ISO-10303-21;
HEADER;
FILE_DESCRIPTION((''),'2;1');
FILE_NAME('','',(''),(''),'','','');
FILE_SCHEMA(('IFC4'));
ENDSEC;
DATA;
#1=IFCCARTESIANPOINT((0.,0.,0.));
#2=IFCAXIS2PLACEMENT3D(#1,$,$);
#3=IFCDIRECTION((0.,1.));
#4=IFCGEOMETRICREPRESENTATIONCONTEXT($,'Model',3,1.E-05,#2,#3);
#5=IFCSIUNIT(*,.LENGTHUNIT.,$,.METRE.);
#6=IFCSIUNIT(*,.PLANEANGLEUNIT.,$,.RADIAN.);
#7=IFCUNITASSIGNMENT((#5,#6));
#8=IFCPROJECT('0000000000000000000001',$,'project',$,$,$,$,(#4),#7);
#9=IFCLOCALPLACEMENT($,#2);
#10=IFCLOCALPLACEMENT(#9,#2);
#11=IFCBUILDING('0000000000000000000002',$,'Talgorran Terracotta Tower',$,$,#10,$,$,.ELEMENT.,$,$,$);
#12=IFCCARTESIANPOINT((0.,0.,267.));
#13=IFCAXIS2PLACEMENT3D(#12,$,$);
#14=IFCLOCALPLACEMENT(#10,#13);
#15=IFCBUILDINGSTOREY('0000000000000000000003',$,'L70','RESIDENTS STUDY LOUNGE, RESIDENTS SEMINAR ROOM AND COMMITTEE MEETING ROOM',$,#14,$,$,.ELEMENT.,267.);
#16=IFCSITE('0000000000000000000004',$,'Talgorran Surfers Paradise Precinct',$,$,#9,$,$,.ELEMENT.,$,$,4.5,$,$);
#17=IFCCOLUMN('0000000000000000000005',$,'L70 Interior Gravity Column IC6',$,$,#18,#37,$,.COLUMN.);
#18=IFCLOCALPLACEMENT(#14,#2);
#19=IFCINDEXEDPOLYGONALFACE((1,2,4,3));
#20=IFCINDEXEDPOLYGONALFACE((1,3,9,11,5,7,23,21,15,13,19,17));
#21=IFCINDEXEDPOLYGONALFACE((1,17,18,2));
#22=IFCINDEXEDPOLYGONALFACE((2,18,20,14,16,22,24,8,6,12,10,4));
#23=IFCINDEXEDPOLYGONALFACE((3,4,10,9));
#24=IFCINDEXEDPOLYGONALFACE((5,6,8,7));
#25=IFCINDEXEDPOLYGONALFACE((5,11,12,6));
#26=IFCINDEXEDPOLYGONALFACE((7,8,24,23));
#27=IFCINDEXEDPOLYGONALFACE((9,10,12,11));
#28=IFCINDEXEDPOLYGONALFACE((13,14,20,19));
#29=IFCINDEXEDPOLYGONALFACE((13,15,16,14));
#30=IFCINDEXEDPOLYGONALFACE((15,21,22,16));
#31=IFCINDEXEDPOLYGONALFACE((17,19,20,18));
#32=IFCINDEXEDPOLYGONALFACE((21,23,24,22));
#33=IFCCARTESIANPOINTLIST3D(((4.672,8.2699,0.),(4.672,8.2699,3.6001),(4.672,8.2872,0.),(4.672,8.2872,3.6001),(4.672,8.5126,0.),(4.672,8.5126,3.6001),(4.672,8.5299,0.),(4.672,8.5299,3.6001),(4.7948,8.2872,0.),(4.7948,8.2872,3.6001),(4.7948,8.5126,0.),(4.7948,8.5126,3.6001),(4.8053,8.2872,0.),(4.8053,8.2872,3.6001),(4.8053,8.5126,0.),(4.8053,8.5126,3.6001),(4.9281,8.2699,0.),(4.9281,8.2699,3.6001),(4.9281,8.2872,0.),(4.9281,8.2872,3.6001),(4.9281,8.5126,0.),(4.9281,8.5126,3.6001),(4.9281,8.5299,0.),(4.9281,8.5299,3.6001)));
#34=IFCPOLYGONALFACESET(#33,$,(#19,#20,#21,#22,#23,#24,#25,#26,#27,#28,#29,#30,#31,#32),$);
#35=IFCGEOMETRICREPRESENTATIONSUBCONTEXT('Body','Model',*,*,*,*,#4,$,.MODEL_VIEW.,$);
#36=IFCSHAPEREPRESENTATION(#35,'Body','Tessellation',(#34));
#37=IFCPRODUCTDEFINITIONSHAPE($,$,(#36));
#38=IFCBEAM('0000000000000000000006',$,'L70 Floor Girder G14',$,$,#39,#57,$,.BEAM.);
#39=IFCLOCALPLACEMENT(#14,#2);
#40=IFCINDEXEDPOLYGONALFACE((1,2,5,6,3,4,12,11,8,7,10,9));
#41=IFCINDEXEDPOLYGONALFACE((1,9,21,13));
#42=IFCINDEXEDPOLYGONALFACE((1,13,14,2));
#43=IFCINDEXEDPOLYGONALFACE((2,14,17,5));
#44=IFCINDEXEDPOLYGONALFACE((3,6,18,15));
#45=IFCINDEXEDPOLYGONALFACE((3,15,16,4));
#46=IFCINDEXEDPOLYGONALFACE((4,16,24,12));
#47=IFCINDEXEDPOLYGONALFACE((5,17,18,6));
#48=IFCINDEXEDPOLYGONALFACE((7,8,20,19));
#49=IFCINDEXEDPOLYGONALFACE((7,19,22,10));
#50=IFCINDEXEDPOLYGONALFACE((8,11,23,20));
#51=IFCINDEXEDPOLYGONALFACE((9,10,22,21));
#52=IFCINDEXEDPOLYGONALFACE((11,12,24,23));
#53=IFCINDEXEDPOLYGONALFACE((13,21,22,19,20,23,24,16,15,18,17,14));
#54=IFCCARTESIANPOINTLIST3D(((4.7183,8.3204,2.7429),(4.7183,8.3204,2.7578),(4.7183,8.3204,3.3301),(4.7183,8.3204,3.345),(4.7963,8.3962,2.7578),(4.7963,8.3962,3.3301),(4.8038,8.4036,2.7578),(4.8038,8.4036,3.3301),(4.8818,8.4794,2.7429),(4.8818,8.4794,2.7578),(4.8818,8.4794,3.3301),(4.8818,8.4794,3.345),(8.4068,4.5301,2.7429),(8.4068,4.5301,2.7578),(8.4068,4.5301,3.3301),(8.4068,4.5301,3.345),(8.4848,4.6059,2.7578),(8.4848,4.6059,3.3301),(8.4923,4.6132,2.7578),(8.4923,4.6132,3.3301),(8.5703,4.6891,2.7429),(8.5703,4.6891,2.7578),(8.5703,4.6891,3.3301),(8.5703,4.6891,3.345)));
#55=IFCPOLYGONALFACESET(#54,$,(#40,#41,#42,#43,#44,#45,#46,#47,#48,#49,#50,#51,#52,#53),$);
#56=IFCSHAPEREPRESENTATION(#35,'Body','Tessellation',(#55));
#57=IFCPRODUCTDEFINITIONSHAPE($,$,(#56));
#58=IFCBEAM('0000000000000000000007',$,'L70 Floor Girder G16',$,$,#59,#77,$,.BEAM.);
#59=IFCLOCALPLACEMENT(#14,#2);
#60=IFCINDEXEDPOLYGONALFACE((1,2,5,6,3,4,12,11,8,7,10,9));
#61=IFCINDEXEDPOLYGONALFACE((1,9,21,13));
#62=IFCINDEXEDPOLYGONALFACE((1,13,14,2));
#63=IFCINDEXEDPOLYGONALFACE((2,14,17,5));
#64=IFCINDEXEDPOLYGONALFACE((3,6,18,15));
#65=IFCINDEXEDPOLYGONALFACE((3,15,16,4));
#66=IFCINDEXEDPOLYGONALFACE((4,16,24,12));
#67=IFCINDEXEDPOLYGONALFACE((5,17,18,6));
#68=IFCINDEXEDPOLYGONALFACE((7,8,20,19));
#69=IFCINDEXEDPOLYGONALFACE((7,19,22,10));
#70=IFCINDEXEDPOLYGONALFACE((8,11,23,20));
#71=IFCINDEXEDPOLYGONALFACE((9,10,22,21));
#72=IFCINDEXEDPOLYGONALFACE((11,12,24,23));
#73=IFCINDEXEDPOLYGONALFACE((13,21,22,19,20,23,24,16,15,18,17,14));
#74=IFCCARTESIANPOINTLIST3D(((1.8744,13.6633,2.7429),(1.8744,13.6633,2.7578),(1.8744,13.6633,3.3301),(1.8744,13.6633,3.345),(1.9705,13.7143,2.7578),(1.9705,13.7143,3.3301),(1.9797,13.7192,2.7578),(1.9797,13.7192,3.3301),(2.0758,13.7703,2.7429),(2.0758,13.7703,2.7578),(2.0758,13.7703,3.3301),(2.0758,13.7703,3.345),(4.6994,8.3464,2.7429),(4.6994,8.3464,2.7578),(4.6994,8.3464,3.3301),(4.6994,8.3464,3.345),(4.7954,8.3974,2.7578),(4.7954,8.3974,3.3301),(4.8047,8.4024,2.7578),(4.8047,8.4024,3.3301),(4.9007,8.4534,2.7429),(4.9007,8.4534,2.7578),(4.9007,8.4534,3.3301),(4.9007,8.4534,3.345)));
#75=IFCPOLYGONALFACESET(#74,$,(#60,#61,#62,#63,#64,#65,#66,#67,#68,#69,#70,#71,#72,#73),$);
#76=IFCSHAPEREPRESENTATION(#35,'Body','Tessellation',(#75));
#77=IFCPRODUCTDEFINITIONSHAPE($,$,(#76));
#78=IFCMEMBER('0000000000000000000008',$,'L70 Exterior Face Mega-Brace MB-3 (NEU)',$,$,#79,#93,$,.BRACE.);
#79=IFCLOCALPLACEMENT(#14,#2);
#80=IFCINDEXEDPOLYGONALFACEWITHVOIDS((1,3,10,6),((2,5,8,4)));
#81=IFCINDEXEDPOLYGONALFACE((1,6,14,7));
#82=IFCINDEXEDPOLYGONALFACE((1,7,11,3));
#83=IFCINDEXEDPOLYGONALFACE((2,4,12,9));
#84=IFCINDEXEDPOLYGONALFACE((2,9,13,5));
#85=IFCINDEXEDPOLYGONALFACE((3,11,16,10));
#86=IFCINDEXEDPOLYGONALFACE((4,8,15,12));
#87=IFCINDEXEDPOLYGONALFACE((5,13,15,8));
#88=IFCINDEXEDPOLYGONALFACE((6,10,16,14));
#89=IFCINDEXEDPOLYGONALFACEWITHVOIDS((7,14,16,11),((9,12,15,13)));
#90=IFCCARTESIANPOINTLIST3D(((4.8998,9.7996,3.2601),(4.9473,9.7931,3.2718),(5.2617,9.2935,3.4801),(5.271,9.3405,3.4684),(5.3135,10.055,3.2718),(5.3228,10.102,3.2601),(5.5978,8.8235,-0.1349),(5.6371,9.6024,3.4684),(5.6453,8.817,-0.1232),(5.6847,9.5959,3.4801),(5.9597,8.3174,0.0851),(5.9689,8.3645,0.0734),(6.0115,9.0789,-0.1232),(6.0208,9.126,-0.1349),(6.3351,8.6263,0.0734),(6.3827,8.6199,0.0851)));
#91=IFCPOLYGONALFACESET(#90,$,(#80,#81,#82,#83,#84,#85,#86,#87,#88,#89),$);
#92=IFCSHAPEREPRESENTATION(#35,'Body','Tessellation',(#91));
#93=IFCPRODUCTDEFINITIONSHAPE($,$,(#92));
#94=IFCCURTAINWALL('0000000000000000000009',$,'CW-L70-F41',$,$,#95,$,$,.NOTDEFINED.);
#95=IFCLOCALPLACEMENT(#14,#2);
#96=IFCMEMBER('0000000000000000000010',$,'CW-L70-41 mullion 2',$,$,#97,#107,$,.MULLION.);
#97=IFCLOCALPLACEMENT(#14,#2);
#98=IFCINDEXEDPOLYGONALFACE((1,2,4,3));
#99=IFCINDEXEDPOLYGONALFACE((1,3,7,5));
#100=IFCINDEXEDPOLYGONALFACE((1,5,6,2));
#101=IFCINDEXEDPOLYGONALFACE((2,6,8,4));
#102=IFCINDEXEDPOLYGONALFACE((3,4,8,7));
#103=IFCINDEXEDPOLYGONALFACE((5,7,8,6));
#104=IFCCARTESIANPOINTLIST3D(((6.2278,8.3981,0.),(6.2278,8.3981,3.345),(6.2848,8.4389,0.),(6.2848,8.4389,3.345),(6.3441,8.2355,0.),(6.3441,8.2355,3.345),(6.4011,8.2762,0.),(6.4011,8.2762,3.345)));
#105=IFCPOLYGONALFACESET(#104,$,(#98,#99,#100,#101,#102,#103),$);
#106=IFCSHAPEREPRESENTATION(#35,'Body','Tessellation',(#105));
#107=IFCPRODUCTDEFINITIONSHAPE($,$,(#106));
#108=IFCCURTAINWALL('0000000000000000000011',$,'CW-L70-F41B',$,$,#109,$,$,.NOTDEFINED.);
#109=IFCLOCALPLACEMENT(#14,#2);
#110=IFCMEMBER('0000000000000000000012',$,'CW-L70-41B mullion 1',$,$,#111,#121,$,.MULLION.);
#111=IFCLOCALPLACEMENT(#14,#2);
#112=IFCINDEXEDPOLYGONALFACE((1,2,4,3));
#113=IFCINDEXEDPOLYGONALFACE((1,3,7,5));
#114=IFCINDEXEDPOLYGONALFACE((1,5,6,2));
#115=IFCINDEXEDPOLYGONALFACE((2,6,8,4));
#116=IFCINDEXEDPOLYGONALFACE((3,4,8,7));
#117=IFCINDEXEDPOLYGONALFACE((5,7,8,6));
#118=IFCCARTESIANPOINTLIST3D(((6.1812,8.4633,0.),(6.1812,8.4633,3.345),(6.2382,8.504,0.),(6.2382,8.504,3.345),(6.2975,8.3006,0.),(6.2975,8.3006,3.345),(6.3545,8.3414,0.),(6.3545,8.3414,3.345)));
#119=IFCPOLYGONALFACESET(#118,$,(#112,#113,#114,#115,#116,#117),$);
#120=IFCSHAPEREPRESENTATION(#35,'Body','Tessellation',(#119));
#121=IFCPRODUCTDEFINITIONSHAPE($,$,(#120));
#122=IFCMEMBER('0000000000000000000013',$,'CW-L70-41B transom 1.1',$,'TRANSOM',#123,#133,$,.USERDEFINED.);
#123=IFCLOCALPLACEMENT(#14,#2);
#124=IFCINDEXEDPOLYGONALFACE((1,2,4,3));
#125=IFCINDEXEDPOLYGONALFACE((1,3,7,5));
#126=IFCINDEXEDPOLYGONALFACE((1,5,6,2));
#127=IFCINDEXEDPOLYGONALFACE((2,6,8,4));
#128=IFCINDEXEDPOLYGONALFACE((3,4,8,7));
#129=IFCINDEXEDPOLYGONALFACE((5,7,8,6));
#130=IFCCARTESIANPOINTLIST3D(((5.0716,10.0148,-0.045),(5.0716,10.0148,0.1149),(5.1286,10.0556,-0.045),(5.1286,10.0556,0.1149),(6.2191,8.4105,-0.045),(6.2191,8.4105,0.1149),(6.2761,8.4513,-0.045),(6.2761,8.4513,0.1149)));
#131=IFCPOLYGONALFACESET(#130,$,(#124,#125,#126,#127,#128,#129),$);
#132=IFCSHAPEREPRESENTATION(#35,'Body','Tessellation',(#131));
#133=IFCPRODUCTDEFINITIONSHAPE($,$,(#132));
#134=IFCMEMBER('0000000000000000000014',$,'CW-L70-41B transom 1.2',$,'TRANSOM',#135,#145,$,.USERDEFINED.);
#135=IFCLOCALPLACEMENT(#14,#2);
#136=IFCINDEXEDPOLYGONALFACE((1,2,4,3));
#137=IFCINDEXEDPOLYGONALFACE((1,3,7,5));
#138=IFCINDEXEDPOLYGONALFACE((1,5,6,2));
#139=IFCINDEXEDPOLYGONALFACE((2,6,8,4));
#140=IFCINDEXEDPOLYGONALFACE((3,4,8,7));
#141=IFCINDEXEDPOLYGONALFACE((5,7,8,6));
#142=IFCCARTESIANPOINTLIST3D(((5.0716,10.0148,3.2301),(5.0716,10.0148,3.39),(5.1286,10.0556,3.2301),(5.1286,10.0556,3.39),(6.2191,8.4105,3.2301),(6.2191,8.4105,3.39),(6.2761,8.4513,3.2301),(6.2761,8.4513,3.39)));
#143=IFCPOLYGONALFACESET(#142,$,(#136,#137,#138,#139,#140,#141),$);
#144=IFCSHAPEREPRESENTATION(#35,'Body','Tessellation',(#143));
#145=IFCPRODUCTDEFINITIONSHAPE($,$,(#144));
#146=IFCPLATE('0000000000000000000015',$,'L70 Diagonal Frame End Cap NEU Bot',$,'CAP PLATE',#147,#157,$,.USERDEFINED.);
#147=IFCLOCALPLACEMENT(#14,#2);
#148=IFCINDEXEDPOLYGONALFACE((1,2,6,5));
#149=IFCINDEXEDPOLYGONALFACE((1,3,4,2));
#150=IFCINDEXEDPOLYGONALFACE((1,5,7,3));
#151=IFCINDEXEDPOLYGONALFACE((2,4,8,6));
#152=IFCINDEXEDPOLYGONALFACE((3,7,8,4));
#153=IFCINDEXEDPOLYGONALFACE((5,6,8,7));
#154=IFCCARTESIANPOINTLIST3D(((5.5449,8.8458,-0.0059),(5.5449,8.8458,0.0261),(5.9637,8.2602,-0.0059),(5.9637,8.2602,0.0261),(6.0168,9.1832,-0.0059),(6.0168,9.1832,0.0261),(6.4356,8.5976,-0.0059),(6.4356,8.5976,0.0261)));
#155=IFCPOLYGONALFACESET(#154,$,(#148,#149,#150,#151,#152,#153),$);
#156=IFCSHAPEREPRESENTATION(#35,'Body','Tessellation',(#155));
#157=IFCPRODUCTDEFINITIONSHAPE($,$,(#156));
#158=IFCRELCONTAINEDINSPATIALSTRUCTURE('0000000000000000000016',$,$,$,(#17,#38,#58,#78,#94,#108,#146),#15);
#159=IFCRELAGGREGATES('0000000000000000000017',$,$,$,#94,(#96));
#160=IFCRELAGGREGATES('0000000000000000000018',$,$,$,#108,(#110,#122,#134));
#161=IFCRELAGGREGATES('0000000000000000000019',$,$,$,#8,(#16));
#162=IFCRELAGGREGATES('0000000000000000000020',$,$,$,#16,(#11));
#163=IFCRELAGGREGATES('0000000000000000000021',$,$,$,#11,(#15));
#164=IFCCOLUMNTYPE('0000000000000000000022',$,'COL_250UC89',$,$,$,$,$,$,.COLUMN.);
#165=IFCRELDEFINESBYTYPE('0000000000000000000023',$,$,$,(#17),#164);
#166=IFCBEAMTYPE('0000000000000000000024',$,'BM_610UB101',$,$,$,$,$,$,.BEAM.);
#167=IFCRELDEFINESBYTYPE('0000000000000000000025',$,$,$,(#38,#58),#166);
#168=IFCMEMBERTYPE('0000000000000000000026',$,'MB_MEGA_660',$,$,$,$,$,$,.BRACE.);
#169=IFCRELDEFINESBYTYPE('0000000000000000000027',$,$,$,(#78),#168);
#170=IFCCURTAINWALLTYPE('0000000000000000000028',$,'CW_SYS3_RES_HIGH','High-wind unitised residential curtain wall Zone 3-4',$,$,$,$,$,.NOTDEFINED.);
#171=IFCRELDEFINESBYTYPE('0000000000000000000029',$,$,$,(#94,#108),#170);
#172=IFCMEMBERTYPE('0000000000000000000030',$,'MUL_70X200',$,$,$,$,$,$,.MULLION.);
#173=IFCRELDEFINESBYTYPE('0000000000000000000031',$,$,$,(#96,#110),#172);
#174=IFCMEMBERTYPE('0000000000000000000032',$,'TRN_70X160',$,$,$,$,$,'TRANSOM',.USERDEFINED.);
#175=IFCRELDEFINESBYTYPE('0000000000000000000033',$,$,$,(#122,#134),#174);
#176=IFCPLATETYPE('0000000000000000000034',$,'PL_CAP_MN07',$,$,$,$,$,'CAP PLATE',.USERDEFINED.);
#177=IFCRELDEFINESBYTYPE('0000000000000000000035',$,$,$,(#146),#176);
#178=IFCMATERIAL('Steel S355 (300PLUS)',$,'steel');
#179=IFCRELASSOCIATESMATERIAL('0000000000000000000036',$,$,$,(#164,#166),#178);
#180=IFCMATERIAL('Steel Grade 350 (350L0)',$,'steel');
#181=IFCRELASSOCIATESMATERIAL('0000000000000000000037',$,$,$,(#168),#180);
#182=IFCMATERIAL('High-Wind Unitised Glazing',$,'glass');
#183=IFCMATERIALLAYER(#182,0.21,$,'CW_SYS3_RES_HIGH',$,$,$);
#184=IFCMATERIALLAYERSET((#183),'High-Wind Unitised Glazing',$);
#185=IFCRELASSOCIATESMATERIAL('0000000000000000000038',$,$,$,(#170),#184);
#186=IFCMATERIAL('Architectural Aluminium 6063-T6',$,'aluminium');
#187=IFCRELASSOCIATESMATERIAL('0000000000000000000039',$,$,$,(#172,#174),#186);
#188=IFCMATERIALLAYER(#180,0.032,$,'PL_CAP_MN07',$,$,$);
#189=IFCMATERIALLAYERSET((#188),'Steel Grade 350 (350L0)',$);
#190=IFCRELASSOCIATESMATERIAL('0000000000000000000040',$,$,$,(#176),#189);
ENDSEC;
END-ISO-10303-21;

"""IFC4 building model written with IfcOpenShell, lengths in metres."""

from ifc_helpers import new_model, si_unit, direction, frame, origin, origin_2d, place, context, subcontext, project, spatial, rectangle, hollow_rectangle, i_section, extrude, material, layer, layer_set, material_profile, profile_set, type_object, element, aggregate, save


model = new_model("IFC4")

# Units and contexts
model_context = context("Model", 3, precision=1e-05, world=origin(), true_north=direction((0.0, 1.0)))
body_context = subcontext(model_context, "Body", "Model", "MODEL_VIEW")
ifc_project = project(units=[si_unit("LENGTHUNIT", "METRE"), si_unit("PLANEANGLEUNIT", "RADIAN")], contexts=[model_context])

# Site, building, storey
site_placement = place(None, origin())
site = spatial("IfcSite", under=ifc_project, at=site_placement, Name="Talgorran Surfers Paradise Precinct", CompositionType="ELEMENT", RefElevation=4.5)
building_placement = place(site_placement, origin())
building = spatial("IfcBuilding", under=site, at=building_placement, Name="Talgorran Terracotta Tower", CompositionType="ELEMENT")
storey_placement = place(building_placement, frame((0.0, 0.0, 267.0)))
storey = spatial("IfcBuildingStorey", under=building, at=storey_placement, Name="L70", Description="RESIDENTS STUDY LOUNGE, RESIDENTS SEMINAR ROOM AND COMMITTEE MEETING ROOM", CompositionType="ELEMENT", Elevation=267.0)

# Column
ifc_material_1 = material(Name="Steel S355 (300PLUS)", Category="steel")
ifc_material_profile_1 = material_profile(ifc_material_1, i_section(OverallWidth=0.2561, OverallDepth=0.26, WebThickness=0.0105, FlangeThickness=0.0173, at=origin_2d()), Name="250UC89.5")
ifc_profile_set_1 = profile_set([ifc_material_profile_1], Name="Steel S355 (300PLUS)")
column_type = type_object("IfcColumnType", Name="COL_250UC89", PredefinedType="COLUMN", material=ifc_profile_set_1)
column_placement = place(storey_placement, frame((4.8, 8.3999, 0.0), z_axis=(0.0, 0.0, 1.0), x_axis=(1.0, 0.0, 0.0)))
element("IfcColumn", 1, at=column_placement, inside=storey, type_object=column_type, Name="L70 Interior Gravity Column IC6", PredefinedType="COLUMN", context=body_context, shape_type="SweptSolid", body=[
    extrude(i_section(OverallWidth=0.2561, OverallDepth=0.26, WebThickness=0.0105, FlangeThickness=0.0173, at=origin_2d()), origin(), (0.0, 0.0, 1.0), 3.6001),
])

# Beams
ifc_material_profile_2 = material_profile(ifc_material_1, i_section(OverallWidth=0.228, OverallDepth=0.6021, WebThickness=0.0105, FlangeThickness=0.0149, at=origin_2d()), Name="610UB101")
ifc_profile_set_2 = profile_set([ifc_material_profile_2], Name="Steel S355 (300PLUS)")
beam_type = type_object("IfcBeamType", Name="BM_610UB101", PredefinedType="BEAM", material=ifc_profile_set_2)
beam_1_placement = place(storey_placement, frame((4.8, 8.3999, 3.0439), z_axis=(0.697416, -0.716666, 0.0), x_axis=(0.716666, 0.697416, 0.0)))
element("IfcBeam", 2, at=beam_1_placement, inside=storey, type_object=beam_type, Name="L70 Floor Girder G14", PredefinedType="BEAM", context=body_context, shape_type="SweptSolid", body=[
    extrude(i_section(OverallWidth=0.228, OverallDepth=0.6021, WebThickness=0.0105, FlangeThickness=0.0149, at=origin_2d()), origin(), (0.0, 0.0, 1.0), 5.2888),
])
beam_2_placement = place(storey_placement, frame((4.8, 8.3999, 3.0439), z_axis=(-0.469201, 0.883092, 0.0), x_axis=(-0.883092, -0.469201, 0.0)))
element("IfcBeam", 3, at=beam_2_placement, inside=storey, type_object=beam_type, Name="L70 Floor Girder G16", PredefinedType="BEAM", context=body_context, shape_type="SweptSolid", body=[
    extrude(i_section(OverallWidth=0.228, OverallDepth=0.6021, WebThickness=0.0105, FlangeThickness=0.0149, at=origin_2d()), origin(), (0.0, 0.0, 1.0), 6.0208),
])

# Member
ifc_material_2 = material(Name="Steel Grade 350 (350L0)", Category="steel")
ifc_material_profile_3 = material_profile(ifc_material_2, hollow_rectangle(XDim=0.52, YDim=0.6599, WallThickness=0.0349, at=origin_2d()), Name="WBOX660X520X35")
ifc_profile_set_3 = profile_set([ifc_material_profile_3], Name="Steel Grade 350 (350L0)")
member_type_1 = type_object("IfcMemberType", Name="MB_MEGA_660", PredefinedType="BRACE", material=ifc_profile_set_3)
member_1_placement = place(storey_placement, frame((5.9902, 8.7217, -0.0249), z_axis=(-0.193843, 0.271068, 0.94284), x_axis=(-0.813417, -0.581681, 0.0)))
element("IfcMember", 4, at=member_1_placement, inside=storey, type_object=member_type_1, Name="L70 Exterior Face Mega-Brace MB-3 (NEU)", PredefinedType="BRACE", context=body_context, shape_type="SweptSolid", body=[
    extrude(hollow_rectangle(XDim=0.52, YDim=0.6599, WallThickness=0.0349, at=origin_2d()), origin(), (0.0, 0.0, 1.0), 3.6008),
])

# Curtain wall, member
ifc_material_3 = material(Name="High-Wind Unitised Glazing", Category="glass")
ifc_layer_1 = layer(ifc_material_3, 0.21, Name="CW_SYS3_RES_HIGH")
ifc_layer_set_1 = layer_set([ifc_layer_1], Name="High-Wind Unitised Glazing")
curtain_wall_type = type_object("IfcCurtainWallType", Name="CW_SYS3_RES_HIGH", Description="High-wind unitised residential curtain wall Zone 3-4", PredefinedType="NOTDEFINED", material=ifc_layer_set_1)
curtain_wall_1_placement = place(storey_placement, origin())
curtain_wall_1 = element("IfcCurtainWall", 5, at=curtain_wall_1_placement, inside=storey, type_object=curtain_wall_type, Name="CW-L70-F41", PredefinedType="NOTDEFINED")
ifc_material_4 = material(Name="Architectural Aluminium 6063-T6", Category="aluminium")
ifc_material_profile_4 = material_profile(ifc_material_4, rectangle(XDim=0.0701, YDim=0.2, at=origin_2d()), Name="CWM70X200")
ifc_profile_set_4 = profile_set([ifc_material_profile_4], Name="Architectural Aluminium 6063-T6")
member_type_2 = type_object("IfcMemberType", Name="MUL_70X200", PredefinedType="MULLION", material=ifc_profile_set_4)
member_2_placement = place(storey_placement, frame((6.3145, 8.3372, 0.0), z_axis=(0.0, 0.0, 1.0), x_axis=(-0.813377, -0.581737, 0.0)))
member_2 = element("IfcMember", 6, at=member_2_placement, type_object=member_type_2, Name="CW-L70-41 mullion 2", PredefinedType="MULLION", context=body_context, shape_type="SweptSolid", body=[
    extrude(rectangle(XDim=0.0701, YDim=0.2, at=origin_2d()), origin(), (0.0, 0.0, 1.0), 3.345),
])
aggregate(curtain_wall_1, [member_2])

# Curtain wall, members
curtain_wall_2_placement = place(storey_placement, origin())
curtain_wall_2 = element("IfcCurtainWall", 7, at=curtain_wall_2_placement, inside=storey, type_object=curtain_wall_type, Name="CW-L70-F41B", PredefinedType="NOTDEFINED")
member_3_placement = place(storey_placement, frame((6.2678, 8.4023, 0.0), z_axis=(0.0, 0.0, 1.0), x_axis=(-0.813378, -0.581735, 0.0)))
member_3 = element("IfcMember", 8, at=member_3_placement, type_object=member_type_2, Name="CW-L70-41B mullion 1", PredefinedType="MULLION", context=body_context, shape_type="SweptSolid", body=[
    extrude(rectangle(XDim=0.0701, YDim=0.2, at=origin_2d()), origin(), (0.0, 0.0, 1.0), 3.345),
])
ifc_material_profile_5 = material_profile(ifc_material_4, rectangle(XDim=0.0701, YDim=0.1599, at=origin_2d()), Name="CWT70X160")
ifc_profile_set_5 = profile_set([ifc_material_profile_5], Name="Architectural Aluminium 6063-T6")
member_type_3 = type_object("IfcMemberType", Name="TRN_70X160", ElementType="TRANSOM", PredefinedType="USERDEFINED", material=ifc_profile_set_5)
member_4_placement = place(storey_placement, frame((6.2476, 8.4309, 0.0349), z_axis=(-0.581765, 0.813357, 0.0), x_axis=(-0.813357, -0.581765, 0.0)))
member_4 = element("IfcMember", 9, at=member_4_placement, type_object=member_type_3, Name="CW-L70-41B transom 1.1", ObjectType="TRANSOM", PredefinedType="USERDEFINED", context=body_context, shape_type="SweptSolid", body=[
    extrude(rectangle(XDim=0.0701, YDim=0.1599, at=origin_2d()), origin(), (0.0, 0.0, 1.0), 1.9724),
])
member_5_placement = place(storey_placement, frame((6.2476, 8.4309, 3.3101), z_axis=(-0.581765, 0.813357, 0.0), x_axis=(-0.813357, -0.581765, 0.0)))
member_5 = element("IfcMember", 10, at=member_5_placement, type_object=member_type_3, Name="CW-L70-41B transom 1.2", ObjectType="TRANSOM", PredefinedType="USERDEFINED", context=body_context, shape_type="SweptSolid", body=[
    extrude(rectangle(XDim=0.0701, YDim=0.1599, at=origin_2d()), origin(), (0.0, 0.0, 1.0), 1.9724),
])
aggregate(curtain_wall_2, [member_3, member_4, member_5])

# Plate
ifc_layer_2 = layer(ifc_material_2, 0.032, Name="PL_CAP_MN07")
ifc_layer_set_2 = layer_set([ifc_layer_2], Name="Steel Grade 350 (350L0)")
plate_type = type_object("IfcPlateType", Name="PL_CAP_MN07", ElementType="CAP PLATE", PredefinedType="USERDEFINED", material=ifc_layer_set_2)
plate_placement = place(storey_placement, frame((5.9902, 8.7217, -0.0059), z_axis=(0.0, 0.0, 1.0), x_axis=(-0.581697, 0.813405, 0.0)))
element("IfcPlate", 11, at=plate_placement, inside=storey, type_object=plate_type, Name="L70 Diagonal Frame End Cap NEU Bot", ObjectType="CAP PLATE", PredefinedType="USERDEFINED", context=body_context, shape_type="SweptSolid", body=[
    extrude(rectangle(XDim=0.72, YDim=0.5801, at=origin_2d()), origin(), (0.0, 0.0, 1.0), 0.032),
])

save(model, "model.ifc")
